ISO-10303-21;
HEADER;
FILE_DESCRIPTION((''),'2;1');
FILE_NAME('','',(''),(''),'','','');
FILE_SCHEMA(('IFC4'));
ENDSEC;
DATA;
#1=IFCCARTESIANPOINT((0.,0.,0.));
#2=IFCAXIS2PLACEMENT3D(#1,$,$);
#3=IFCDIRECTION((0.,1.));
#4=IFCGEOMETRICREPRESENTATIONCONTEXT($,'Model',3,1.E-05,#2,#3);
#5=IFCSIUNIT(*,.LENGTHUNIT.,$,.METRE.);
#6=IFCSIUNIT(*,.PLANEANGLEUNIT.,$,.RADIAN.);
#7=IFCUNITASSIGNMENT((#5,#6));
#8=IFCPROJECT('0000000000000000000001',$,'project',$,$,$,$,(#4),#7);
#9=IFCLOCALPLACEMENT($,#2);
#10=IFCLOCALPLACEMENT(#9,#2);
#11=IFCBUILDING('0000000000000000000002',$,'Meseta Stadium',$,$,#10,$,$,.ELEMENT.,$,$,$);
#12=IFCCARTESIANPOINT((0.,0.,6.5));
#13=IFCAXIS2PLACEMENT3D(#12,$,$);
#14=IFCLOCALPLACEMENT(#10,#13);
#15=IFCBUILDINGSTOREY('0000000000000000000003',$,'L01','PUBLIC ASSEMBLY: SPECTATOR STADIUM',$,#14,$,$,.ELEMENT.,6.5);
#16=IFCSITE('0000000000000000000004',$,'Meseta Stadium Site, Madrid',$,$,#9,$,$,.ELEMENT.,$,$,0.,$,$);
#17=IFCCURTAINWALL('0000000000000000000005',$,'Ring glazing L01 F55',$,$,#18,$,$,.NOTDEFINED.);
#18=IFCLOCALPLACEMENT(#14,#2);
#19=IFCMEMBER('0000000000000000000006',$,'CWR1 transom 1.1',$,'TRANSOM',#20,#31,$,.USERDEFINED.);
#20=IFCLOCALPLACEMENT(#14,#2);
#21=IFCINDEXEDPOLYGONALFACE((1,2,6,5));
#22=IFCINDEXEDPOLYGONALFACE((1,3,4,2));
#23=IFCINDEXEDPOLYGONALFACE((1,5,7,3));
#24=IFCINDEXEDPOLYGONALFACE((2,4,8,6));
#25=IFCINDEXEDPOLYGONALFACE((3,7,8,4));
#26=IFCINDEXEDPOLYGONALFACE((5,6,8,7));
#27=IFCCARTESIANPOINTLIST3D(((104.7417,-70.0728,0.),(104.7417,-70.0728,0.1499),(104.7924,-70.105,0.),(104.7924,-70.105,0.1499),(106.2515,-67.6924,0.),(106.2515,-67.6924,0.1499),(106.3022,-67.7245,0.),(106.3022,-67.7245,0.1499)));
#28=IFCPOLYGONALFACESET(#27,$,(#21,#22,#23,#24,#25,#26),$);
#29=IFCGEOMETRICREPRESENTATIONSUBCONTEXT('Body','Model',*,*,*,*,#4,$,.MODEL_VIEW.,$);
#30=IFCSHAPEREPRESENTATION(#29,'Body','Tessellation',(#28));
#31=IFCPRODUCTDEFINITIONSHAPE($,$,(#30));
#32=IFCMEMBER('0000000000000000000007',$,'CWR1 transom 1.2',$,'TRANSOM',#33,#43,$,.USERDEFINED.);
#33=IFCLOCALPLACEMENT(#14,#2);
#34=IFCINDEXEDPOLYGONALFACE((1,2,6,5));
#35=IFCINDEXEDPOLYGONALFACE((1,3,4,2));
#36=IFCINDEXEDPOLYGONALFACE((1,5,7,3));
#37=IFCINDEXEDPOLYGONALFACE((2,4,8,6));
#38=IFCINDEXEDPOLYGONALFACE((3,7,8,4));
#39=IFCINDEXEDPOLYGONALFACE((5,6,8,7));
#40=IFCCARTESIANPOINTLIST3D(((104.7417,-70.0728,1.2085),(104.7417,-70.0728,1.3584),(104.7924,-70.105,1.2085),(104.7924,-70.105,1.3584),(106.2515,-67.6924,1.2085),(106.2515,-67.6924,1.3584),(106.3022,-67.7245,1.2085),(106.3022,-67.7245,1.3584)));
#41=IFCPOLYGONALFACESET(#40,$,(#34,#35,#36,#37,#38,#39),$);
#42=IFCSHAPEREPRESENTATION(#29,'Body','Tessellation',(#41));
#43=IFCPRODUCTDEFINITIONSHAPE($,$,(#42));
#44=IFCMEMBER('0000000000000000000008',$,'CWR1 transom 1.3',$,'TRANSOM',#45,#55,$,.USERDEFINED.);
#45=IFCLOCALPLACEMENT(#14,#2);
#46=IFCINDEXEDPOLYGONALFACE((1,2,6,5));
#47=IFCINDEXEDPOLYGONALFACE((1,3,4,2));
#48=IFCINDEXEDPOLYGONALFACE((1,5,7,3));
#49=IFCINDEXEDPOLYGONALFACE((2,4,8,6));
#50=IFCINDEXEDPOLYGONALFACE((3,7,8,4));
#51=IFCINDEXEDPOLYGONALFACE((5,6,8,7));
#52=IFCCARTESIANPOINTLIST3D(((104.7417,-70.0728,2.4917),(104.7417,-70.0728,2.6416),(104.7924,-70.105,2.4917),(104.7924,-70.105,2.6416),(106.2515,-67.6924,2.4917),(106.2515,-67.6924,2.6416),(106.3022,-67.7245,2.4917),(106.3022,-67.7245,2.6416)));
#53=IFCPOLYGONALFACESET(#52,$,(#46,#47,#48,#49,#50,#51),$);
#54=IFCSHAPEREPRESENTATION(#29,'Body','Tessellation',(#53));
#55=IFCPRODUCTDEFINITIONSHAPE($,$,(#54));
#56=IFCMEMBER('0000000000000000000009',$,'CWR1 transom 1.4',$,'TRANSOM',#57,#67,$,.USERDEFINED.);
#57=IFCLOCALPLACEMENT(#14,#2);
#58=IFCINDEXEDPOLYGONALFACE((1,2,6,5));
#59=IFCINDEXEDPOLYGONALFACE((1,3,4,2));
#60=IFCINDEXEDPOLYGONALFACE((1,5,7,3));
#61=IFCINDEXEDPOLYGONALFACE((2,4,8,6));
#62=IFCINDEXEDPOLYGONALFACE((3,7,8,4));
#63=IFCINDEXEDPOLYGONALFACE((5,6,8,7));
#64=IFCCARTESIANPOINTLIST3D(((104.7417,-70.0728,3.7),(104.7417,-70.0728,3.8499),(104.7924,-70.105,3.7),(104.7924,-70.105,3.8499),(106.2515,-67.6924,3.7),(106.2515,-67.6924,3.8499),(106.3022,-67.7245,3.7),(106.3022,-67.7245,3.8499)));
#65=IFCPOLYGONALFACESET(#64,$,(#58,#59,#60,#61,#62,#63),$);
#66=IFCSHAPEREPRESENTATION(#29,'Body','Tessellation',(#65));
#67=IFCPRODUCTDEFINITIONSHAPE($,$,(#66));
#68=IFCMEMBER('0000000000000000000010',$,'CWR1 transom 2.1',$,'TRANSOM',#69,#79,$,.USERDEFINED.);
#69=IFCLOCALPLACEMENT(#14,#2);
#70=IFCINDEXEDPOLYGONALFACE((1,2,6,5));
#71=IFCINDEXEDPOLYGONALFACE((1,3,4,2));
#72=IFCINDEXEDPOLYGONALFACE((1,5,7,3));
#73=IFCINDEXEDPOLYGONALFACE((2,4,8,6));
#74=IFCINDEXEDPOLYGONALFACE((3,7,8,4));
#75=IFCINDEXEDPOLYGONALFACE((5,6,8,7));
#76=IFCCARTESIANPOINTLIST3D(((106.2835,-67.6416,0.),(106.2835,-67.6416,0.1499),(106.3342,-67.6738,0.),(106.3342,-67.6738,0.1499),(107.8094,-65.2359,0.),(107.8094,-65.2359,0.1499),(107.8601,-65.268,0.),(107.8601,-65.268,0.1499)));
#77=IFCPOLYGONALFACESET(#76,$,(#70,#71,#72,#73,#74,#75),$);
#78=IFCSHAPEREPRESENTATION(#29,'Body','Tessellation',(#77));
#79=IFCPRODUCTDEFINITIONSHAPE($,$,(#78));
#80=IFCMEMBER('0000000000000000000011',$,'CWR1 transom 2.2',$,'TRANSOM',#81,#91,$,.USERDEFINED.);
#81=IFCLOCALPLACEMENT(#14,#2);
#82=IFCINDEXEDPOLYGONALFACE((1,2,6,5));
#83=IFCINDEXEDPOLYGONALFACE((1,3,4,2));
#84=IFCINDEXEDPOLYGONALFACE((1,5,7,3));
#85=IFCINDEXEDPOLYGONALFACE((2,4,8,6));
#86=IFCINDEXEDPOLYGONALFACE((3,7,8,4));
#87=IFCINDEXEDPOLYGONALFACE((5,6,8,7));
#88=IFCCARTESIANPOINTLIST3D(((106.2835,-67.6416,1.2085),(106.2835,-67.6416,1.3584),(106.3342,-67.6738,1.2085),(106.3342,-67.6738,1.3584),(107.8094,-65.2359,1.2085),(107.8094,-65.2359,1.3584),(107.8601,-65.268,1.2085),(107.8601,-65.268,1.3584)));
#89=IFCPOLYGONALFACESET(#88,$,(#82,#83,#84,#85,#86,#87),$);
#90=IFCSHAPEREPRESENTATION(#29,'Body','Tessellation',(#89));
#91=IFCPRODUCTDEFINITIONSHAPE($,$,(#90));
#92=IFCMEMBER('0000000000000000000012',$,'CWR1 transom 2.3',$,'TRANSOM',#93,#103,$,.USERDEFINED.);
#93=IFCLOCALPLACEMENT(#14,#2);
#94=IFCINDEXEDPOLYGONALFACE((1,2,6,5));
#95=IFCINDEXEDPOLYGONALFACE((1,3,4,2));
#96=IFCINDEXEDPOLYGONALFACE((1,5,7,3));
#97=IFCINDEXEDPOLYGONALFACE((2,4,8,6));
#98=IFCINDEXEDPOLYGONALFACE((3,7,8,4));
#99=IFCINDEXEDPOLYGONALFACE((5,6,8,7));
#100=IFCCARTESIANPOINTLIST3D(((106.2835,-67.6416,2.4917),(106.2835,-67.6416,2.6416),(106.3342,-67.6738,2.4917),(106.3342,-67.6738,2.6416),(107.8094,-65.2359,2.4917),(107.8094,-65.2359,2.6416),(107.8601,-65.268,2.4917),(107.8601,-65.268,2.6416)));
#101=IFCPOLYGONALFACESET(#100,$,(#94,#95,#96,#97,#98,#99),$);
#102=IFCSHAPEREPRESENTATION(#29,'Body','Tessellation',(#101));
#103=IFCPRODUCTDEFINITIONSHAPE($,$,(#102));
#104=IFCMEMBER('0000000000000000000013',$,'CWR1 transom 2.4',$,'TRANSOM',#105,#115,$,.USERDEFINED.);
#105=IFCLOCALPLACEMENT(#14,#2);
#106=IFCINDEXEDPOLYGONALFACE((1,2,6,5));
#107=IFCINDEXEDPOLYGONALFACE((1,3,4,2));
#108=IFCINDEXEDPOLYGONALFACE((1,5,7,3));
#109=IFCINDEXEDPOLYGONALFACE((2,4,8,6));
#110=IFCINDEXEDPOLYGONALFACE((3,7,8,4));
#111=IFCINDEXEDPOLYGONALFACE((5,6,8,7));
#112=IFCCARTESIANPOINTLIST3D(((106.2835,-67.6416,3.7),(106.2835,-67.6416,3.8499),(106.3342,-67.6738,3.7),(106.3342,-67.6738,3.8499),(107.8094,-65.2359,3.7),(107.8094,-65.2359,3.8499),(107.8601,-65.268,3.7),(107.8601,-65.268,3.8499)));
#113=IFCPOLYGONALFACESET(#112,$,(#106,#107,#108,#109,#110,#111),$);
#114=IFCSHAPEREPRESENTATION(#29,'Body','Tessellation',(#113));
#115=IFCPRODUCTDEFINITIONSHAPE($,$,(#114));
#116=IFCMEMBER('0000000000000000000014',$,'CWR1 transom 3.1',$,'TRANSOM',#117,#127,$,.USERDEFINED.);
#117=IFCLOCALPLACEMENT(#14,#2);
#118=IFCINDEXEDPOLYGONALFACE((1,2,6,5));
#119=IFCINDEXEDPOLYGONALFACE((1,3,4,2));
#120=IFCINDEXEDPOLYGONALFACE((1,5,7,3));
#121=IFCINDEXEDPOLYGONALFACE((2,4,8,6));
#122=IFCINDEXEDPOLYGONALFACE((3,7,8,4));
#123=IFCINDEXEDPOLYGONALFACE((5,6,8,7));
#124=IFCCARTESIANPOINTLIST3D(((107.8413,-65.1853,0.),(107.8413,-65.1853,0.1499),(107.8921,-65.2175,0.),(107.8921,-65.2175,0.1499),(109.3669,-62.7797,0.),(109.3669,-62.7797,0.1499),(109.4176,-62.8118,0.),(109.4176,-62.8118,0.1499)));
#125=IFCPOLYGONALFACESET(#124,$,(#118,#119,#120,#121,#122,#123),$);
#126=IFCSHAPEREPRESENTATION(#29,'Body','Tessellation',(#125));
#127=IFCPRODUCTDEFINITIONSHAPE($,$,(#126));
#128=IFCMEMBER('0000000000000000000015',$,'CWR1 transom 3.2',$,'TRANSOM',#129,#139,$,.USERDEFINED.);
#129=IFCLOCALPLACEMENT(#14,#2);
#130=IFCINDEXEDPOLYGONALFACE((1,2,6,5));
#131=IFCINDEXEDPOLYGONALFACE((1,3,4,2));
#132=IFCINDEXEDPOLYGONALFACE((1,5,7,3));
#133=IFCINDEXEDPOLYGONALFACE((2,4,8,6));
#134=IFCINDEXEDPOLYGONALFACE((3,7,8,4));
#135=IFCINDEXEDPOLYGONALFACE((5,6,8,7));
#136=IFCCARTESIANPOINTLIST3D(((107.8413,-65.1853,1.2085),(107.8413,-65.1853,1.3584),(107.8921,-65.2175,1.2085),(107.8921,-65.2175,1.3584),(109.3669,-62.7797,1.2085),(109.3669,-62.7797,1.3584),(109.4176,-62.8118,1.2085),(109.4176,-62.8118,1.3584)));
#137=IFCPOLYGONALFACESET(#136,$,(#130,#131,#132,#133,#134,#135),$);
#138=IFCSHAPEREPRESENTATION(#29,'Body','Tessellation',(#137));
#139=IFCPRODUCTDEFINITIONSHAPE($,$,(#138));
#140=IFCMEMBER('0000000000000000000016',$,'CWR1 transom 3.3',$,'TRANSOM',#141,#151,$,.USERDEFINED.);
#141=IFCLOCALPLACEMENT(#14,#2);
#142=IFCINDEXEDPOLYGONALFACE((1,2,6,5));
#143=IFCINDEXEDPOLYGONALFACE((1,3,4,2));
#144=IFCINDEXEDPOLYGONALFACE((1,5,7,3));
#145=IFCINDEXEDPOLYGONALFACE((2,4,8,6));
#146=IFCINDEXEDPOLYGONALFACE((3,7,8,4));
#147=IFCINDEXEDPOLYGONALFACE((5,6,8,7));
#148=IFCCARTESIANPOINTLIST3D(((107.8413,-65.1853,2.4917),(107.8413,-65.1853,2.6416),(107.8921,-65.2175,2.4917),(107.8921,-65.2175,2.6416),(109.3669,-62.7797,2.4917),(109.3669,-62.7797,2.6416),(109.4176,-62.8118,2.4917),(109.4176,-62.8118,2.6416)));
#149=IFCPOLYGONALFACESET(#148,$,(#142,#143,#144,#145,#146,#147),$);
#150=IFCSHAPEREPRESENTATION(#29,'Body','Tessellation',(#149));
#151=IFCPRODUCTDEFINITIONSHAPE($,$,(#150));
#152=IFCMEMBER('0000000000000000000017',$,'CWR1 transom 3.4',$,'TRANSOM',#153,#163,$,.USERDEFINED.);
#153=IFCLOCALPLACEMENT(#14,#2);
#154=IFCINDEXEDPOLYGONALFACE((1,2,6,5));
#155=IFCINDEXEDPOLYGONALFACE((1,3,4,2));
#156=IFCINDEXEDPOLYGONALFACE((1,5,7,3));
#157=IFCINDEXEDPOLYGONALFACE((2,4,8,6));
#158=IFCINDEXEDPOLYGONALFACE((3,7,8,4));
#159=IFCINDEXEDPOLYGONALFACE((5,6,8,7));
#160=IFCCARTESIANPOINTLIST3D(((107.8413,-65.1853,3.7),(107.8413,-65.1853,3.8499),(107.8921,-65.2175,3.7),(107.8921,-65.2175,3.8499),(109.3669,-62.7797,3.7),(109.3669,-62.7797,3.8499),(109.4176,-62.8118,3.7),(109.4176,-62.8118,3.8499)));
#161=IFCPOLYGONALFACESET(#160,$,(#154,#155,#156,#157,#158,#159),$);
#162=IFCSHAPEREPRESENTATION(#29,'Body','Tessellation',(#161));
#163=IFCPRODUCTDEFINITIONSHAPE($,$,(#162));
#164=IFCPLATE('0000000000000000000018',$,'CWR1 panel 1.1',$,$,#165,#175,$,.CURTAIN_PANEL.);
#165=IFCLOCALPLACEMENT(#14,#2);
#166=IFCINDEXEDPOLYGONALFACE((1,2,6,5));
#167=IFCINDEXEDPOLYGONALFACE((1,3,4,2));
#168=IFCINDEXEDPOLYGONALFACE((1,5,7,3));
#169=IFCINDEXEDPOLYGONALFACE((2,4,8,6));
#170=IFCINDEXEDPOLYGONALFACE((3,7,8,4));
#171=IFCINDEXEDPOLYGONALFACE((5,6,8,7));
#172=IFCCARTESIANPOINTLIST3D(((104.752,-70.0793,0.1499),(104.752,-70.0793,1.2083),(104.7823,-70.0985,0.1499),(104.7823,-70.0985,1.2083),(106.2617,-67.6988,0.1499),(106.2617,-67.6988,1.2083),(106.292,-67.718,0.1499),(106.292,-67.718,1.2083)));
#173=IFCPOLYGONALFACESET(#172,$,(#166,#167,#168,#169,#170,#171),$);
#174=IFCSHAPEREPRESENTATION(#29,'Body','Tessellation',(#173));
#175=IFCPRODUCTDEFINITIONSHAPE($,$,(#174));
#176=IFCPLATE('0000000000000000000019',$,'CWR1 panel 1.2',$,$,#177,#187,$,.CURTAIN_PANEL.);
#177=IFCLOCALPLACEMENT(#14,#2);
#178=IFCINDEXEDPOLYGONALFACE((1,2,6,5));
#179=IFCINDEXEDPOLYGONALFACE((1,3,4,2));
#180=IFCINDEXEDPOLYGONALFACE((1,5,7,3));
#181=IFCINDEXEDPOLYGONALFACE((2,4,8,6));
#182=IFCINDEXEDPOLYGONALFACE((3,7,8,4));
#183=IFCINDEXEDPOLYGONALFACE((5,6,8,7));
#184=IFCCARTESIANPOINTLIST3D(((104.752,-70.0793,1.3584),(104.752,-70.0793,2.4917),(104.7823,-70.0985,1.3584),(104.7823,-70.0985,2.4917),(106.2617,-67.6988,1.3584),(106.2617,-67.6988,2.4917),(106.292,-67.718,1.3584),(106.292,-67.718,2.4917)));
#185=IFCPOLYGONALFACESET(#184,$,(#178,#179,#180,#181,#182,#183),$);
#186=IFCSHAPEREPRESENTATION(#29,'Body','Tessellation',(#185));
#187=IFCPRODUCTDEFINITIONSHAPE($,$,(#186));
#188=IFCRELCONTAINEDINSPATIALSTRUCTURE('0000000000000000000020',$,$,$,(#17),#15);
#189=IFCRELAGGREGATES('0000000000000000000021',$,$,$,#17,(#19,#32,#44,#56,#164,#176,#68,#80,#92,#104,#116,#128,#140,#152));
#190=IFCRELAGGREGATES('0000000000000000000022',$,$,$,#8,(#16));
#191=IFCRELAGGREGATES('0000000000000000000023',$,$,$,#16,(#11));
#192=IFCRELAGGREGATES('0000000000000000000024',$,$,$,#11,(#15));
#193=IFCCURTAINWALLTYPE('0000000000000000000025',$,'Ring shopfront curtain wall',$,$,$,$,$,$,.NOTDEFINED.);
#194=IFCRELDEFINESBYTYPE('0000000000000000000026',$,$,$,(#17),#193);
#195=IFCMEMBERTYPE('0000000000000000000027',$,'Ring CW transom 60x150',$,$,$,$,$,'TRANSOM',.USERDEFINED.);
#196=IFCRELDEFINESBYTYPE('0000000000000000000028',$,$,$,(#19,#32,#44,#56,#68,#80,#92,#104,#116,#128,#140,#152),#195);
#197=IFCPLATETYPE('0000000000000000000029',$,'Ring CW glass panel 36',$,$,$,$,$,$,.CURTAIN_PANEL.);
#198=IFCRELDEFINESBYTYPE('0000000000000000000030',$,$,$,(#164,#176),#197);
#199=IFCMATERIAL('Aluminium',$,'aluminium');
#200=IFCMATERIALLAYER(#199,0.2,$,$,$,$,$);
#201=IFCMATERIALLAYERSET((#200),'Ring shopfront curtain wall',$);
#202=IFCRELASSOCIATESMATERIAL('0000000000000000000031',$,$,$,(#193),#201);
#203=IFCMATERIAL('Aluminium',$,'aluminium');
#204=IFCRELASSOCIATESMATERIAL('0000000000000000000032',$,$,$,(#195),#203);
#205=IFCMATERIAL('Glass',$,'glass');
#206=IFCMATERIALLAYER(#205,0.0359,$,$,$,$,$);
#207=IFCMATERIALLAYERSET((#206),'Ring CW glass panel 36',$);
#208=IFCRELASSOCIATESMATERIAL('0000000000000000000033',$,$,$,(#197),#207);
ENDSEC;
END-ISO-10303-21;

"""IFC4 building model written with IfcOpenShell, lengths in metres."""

from ifc_helpers import new_model, si_unit, direction, frame, origin, origin_2d, place, context, subcontext, project, spatial, rectangle, extrude, material, layer, layer_set, material_profile, profile_set, type_object, element, aggregate, save


model = new_model("IFC4")

# Units and contexts
model_context = context("Model", 3, precision=1e-05, world=origin(), true_north=direction((0.0, 1.0)))
body_context = subcontext(model_context, "Body", "Model", "MODEL_VIEW")
ifc_project = project(units=[si_unit("LENGTHUNIT", "METRE"), si_unit("PLANEANGLEUNIT", "RADIAN")], contexts=[model_context])

# Site, building, storey
site_placement = place(None, origin())
site = spatial("IfcSite", under=ifc_project, at=site_placement, Name="Meseta Stadium Site, Madrid", CompositionType="ELEMENT", RefElevation=0.0)
building_placement = place(site_placement, origin())
building = spatial("IfcBuilding", under=site, at=building_placement, Name="Meseta Stadium", CompositionType="ELEMENT")
storey_placement = place(building_placement, frame((0.0, 0.0, 6.5)))
storey = spatial("IfcBuildingStorey", under=building, at=storey_placement, Name="L01", Description="PUBLIC ASSEMBLY: SPECTATOR STADIUM", CompositionType="ELEMENT", Elevation=6.5)

# Shared definitions
ifc_material_1 = material(Name="Aluminium", Category="aluminium")
ifc_layer_1 = layer(ifc_material_1, 0.2)
ifc_layer_set_1 = layer_set([ifc_layer_1], Name="Ring shopfront curtain wall")
curtain_wall_type = type_object("IfcCurtainWallType", Name="Ring shopfront curtain wall", PredefinedType="NOTDEFINED", material=ifc_layer_set_1)

# Curtain wall, members, plates
curtain_wall_1_placement = place(storey_placement, origin())
curtain_wall_1 = element("IfcCurtainWall", 1, at=curtain_wall_1_placement, inside=storey, type_object=curtain_wall_type, Name="Ring glazing L01 F55", PredefinedType="NOTDEFINED")
ifc_material_2 = material(Name="Aluminium", Category="aluminium")
ifc_material_profile_1 = material_profile(ifc_material_2, rectangle(XDim=0.0601, YDim=0.1499, at=origin_2d()), Name="CW 60x150")
ifc_profile_set_1 = profile_set([ifc_material_profile_1], Name="Aluminium")
member_type_1 = type_object("IfcMemberType", Name="Ring CW transom 60x150", ElementType="TRANSOM", PredefinedType="USERDEFINED", material=ifc_profile_set_1)
member_1_placement = place(storey_placement, frame((104.7671, -70.0889, 0.075), z_axis=(0.535608, 0.844467, 0.0), x_axis=(-0.844467, 0.535608, 0.0)))
member_1 = element("IfcMember", 2, at=member_1_placement, type_object=member_type_1, Name="CWR1 transom 1.1", ObjectType="TRANSOM", PredefinedType="USERDEFINED", context=body_context, shape_type="SweptSolid", body=[
    extrude(rectangle(XDim=0.0601, YDim=0.1499, at=origin_2d()), origin(), (0.0, 0.0, 1.0), 2.8188),
])
member_2_placement = place(storey_placement, frame((104.7671, -70.0889, 1.2834), z_axis=(0.535608, 0.844467, 0.0), x_axis=(-0.844467, 0.535608, 0.0)))
member_2 = element("IfcMember", 3, at=member_2_placement, type_object=member_type_1, Name="CWR1 transom 1.2", ObjectType="TRANSOM", PredefinedType="USERDEFINED", context=body_context, shape_type="SweptSolid", body=[
    extrude(rectangle(XDim=0.0601, YDim=0.1499, at=origin_2d()), origin(), (0.0, 0.0, 1.0), 2.8188),
])
member_3_placement = place(storey_placement, frame((104.7671, -70.0889, 2.5667), z_axis=(0.535608, 0.844467, 0.0), x_axis=(-0.844467, 0.535608, 0.0)))
member_3 = element("IfcMember", 4, at=member_3_placement, type_object=member_type_1, Name="CWR1 transom 1.3", ObjectType="TRANSOM", PredefinedType="USERDEFINED", context=body_context, shape_type="SweptSolid", body=[
    extrude(rectangle(XDim=0.0601, YDim=0.1499, at=origin_2d()), origin(), (0.0, 0.0, 1.0), 2.8188),
])
member_4_placement = place(storey_placement, frame((104.7671, -70.0889, 3.7749), z_axis=(0.535608, 0.844467, 0.0), x_axis=(-0.844467, 0.535608, 0.0)))
member_4 = element("IfcMember", 5, at=member_4_placement, type_object=member_type_1, Name="CWR1 transom 1.4", ObjectType="TRANSOM", PredefinedType="USERDEFINED", context=body_context, shape_type="SweptSolid", body=[
    extrude(rectangle(XDim=0.0601, YDim=0.1499, at=origin_2d()), origin(), (0.0, 0.0, 1.0), 2.8188),
])
member_5_placement = place(storey_placement, frame((106.3088, -67.6577, 0.075), z_axis=(0.535611, 0.844465, 0.0), x_axis=(-0.844465, 0.535611, 0.0)))
member_5 = element("IfcMember", 6, at=member_5_placement, type_object=member_type_1, Name="CWR1 transom 2.1", ObjectType="TRANSOM", PredefinedType="USERDEFINED", context=body_context, shape_type="SweptSolid", body=[
    extrude(rectangle(XDim=0.0601, YDim=0.1499, at=origin_2d()), origin(), (0.0, 0.0, 1.0), 2.8489),
])
member_6_placement = place(storey_placement, frame((106.3088, -67.6577, 1.2834), z_axis=(0.535611, 0.844465, 0.0), x_axis=(-0.844465, 0.535611, 0.0)))
member_6 = element("IfcMember", 7, at=member_6_placement, type_object=member_type_1, Name="CWR1 transom 2.2", ObjectType="TRANSOM", PredefinedType="USERDEFINED", context=body_context, shape_type="SweptSolid", body=[
    extrude(rectangle(XDim=0.0601, YDim=0.1499, at=origin_2d()), origin(), (0.0, 0.0, 1.0), 2.8489),
])
member_7_placement = place(storey_placement, frame((106.3088, -67.6577, 2.5667), z_axis=(0.535611, 0.844465, 0.0), x_axis=(-0.844465, 0.535611, 0.0)))
member_7 = element("IfcMember", 8, at=member_7_placement, type_object=member_type_1, Name="CWR1 transom 2.3", ObjectType="TRANSOM", PredefinedType="USERDEFINED", context=body_context, shape_type="SweptSolid", body=[
    extrude(rectangle(XDim=0.0601, YDim=0.1499, at=origin_2d()), origin(), (0.0, 0.0, 1.0), 2.8489),
])
member_8_placement = place(storey_placement, frame((106.3088, -67.6577, 3.7749), z_axis=(0.535611, 0.844465, 0.0), x_axis=(-0.844465, 0.535611, 0.0)))
member_8 = element("IfcMember", 9, at=member_8_placement, type_object=member_type_1, Name="CWR1 transom 2.4", ObjectType="TRANSOM", PredefinedType="USERDEFINED", context=body_context, shape_type="SweptSolid", body=[
    extrude(rectangle(XDim=0.0601, YDim=0.1499, at=origin_2d()), origin(), (0.0, 0.0, 1.0), 2.8489),
])
member_9_placement = place(storey_placement, frame((107.8667, -65.2014, 0.075), z_axis=(0.535549, 0.844504, 0.0), x_axis=(-0.844504, 0.535549, 0.0)))
member_9 = element("IfcMember", 10, at=member_9_placement, type_object=member_type_1, Name="CWR1 transom 3.1", ObjectType="TRANSOM", PredefinedType="USERDEFINED", context=body_context, shape_type="SweptSolid", body=[
    extrude(rectangle(XDim=0.0601, YDim=0.1499, at=origin_2d()), origin(), (0.0, 0.0, 1.0), 2.8486),
])
member_10_placement = place(storey_placement, frame((107.8667, -65.2014, 1.2834), z_axis=(0.535549, 0.844504, 0.0), x_axis=(-0.844504, 0.535549, 0.0)))
member_10 = element("IfcMember", 11, at=member_10_placement, type_object=member_type_1, Name="CWR1 transom 3.2", ObjectType="TRANSOM", PredefinedType="USERDEFINED", context=body_context, shape_type="SweptSolid", body=[
    extrude(rectangle(XDim=0.0601, YDim=0.1499, at=origin_2d()), origin(), (0.0, 0.0, 1.0), 2.8486),
])
member_11_placement = place(storey_placement, frame((107.8667, -65.2014, 2.5667), z_axis=(0.535549, 0.844504, 0.0), x_axis=(-0.844504, 0.535549, 0.0)))
member_11 = element("IfcMember", 12, at=member_11_placement, type_object=member_type_1, Name="CWR1 transom 3.3", ObjectType="TRANSOM", PredefinedType="USERDEFINED", context=body_context, shape_type="SweptSolid", body=[
    extrude(rectangle(XDim=0.0601, YDim=0.1499, at=origin_2d()), origin(), (0.0, 0.0, 1.0), 2.8486),
])
member_12_placement = place(storey_placement, frame((107.8667, -65.2014, 3.7749), z_axis=(0.535549, 0.844504, 0.0), x_axis=(-0.844504, 0.535549, 0.0)))
member_12 = element("IfcMember", 13, at=member_12_placement, type_object=member_type_1, Name="CWR1 transom 3.4", ObjectType="TRANSOM", PredefinedType="USERDEFINED", context=body_context, shape_type="SweptSolid", body=[
    extrude(rectangle(XDim=0.0601, YDim=0.1499, at=origin_2d()), origin(), (0.0, 0.0, 1.0), 2.8486),
])
ifc_material_3 = material(Name="Glass", Category="glass")
ifc_layer_2 = layer(ifc_material_3, 0.0359)
ifc_layer_set_2 = layer_set([ifc_layer_2], Name="Ring CW glass panel 36")
plate_type_1 = type_object("IfcPlateType", Name="Ring CW glass panel 36", PredefinedType="CURTAIN_PANEL", material=ifc_layer_set_2)
plate_1_placement = place(storey_placement, frame((105.522, -68.8987, 0.1499), z_axis=(0.0, 0.0, 1.0), x_axis=(0.535569, 0.844491, 0.0)))
plate_1 = element("IfcPlate", 14, at=plate_1_placement, type_object=plate_type_1, Name="CWR1 panel 1.1", PredefinedType="CURTAIN_PANEL", context=body_context, shape_type="SweptSolid", body=[
    extrude(rectangle(XDim=2.8188, YDim=0.0359, at=origin_2d()), origin(), (0.0, 0.0, 1.0), 1.0583),
])
plate_2_placement = place(storey_placement, frame((105.522, -68.8987, 1.3584), z_axis=(0.0, 0.0, 1.0), x_axis=(0.535569, 0.844491, 0.0)))
plate_2 = element("IfcPlate", 15, at=plate_2_placement, type_object=plate_type_1, Name="CWR1 panel 1.2", PredefinedType="CURTAIN_PANEL", context=body_context, shape_type="SweptSolid", body=[
    extrude(rectangle(XDim=2.8188, YDim=0.0359, at=origin_2d()), origin(), (0.0, 0.0, 1.0), 1.1333),
])
aggregate(curtain_wall_1, [member_1, member_2, member_3, member_4, plate_1, plate_2, member_5, member_6, member_7, member_8, member_9, member_10, member_11, member_12])

save(model, "model.ifc")
